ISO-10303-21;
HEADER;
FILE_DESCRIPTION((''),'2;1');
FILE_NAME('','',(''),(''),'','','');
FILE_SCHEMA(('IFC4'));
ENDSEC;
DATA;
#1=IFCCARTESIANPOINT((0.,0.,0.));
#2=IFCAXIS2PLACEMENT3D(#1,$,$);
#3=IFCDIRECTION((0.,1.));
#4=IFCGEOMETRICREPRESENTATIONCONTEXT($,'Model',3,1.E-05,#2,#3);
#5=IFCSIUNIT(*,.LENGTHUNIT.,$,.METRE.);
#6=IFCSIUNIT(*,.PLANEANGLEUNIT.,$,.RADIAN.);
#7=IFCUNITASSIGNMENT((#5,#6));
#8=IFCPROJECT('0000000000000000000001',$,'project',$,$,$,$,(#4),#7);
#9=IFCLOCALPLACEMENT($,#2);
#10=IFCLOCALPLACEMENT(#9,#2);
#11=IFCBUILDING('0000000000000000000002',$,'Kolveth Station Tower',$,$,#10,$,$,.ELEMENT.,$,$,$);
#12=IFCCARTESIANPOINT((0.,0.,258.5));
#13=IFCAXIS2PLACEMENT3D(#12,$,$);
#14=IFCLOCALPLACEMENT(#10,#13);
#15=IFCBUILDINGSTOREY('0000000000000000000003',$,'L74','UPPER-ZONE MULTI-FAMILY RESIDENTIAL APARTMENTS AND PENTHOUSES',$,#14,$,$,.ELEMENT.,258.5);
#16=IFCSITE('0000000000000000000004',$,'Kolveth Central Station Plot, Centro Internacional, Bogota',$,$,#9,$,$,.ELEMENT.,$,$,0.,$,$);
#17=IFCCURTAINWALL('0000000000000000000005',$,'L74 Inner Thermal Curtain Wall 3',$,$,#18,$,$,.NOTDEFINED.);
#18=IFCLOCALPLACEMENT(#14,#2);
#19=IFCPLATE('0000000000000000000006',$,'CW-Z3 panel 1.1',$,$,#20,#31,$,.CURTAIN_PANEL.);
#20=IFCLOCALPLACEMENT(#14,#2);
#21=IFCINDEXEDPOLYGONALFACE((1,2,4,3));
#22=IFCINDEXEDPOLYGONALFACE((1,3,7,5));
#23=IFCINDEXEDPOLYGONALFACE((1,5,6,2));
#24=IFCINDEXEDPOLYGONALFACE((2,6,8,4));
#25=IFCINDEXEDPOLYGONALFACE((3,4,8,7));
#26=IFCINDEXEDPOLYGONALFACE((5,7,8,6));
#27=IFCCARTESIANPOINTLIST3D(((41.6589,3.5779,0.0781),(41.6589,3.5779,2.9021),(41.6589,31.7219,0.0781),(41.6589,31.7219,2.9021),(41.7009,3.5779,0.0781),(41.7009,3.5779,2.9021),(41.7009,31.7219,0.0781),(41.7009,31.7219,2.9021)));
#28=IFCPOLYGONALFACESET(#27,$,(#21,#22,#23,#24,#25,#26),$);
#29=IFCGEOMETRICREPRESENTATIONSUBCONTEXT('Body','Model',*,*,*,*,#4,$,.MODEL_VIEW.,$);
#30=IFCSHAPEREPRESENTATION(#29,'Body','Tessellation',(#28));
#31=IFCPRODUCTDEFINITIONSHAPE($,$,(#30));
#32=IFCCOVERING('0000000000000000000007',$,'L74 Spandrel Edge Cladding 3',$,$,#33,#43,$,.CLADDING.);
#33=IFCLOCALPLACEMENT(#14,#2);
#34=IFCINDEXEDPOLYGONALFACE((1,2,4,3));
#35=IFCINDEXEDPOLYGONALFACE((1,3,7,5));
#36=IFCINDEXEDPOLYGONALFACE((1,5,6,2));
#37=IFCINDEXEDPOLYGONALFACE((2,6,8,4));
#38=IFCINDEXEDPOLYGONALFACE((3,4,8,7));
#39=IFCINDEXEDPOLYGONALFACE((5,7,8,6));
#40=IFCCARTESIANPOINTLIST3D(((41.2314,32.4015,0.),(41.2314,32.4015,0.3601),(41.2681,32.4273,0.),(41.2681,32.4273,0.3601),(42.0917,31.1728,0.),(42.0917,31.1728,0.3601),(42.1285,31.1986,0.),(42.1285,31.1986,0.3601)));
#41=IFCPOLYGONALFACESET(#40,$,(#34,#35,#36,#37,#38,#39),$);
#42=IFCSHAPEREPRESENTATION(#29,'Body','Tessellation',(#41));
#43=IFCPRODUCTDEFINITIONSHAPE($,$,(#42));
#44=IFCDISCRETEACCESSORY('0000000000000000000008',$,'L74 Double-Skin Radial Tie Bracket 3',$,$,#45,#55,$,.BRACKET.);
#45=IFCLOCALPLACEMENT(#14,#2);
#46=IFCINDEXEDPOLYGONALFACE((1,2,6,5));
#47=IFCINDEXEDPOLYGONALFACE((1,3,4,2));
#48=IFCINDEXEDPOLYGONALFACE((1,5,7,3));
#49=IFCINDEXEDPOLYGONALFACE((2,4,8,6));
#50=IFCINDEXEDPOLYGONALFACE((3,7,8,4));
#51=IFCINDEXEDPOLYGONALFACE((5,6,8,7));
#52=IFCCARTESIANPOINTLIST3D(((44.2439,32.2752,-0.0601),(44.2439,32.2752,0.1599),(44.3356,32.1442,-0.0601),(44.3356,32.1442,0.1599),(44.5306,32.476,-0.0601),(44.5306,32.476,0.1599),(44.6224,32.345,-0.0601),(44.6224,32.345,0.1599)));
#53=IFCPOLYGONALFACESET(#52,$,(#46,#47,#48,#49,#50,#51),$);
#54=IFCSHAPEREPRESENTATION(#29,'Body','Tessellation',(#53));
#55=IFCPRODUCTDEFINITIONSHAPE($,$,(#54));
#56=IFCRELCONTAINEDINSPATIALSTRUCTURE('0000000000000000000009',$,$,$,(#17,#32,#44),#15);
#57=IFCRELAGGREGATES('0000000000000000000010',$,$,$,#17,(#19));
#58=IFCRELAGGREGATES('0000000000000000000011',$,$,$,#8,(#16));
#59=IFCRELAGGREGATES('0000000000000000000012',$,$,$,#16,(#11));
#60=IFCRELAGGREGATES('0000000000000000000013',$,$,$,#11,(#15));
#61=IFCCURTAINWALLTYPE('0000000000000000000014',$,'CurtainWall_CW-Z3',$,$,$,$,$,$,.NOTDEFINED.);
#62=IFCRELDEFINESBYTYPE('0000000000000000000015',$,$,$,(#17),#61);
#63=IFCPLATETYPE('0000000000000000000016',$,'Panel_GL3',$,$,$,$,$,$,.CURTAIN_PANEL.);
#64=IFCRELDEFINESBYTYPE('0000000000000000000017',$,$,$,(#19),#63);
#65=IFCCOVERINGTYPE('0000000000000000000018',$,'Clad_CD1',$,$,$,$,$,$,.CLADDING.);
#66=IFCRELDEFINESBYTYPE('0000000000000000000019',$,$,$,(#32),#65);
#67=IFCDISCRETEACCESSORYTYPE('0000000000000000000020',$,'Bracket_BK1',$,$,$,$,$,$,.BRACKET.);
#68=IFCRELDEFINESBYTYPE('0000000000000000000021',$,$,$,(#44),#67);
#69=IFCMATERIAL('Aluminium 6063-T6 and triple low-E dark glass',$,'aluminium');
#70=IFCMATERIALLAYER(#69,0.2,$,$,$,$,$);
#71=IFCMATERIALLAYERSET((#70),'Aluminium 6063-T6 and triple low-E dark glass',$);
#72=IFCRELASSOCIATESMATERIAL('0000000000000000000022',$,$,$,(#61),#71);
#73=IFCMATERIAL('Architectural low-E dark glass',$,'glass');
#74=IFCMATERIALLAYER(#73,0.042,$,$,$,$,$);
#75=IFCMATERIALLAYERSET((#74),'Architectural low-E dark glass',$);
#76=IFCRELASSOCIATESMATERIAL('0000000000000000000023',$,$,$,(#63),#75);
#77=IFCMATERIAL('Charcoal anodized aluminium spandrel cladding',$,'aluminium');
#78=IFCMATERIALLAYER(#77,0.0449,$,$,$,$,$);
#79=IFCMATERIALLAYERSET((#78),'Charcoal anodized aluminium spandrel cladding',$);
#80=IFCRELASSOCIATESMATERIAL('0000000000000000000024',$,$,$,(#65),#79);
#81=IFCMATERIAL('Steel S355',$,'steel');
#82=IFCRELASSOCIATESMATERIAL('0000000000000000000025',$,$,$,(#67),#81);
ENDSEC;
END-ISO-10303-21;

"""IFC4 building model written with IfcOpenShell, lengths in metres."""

from ifc_helpers import new_model, si_unit, direction, frame, origin, origin_2d, place, context, subcontext, project, spatial, rectangle, extrude, source, transform, mapped, material, layer, layer_set, type_object, element, aggregate, save


model = new_model("IFC4")

# Units and contexts
model_context = context("Model", 3, precision=1e-05, world=origin(), true_north=direction((0.0, 1.0)))
body_context = subcontext(model_context, "Body", "Model", "MODEL_VIEW")
ifc_project = project(units=[si_unit("LENGTHUNIT", "METRE"), si_unit("PLANEANGLEUNIT", "RADIAN")], contexts=[model_context])

# Site, building, storey
site_placement = place(None, origin())
site = spatial("IfcSite", under=ifc_project, at=site_placement, Name="Kolveth Central Station Plot, Centro Internacional, Bogota", CompositionType="ELEMENT", RefElevation=0.0)
building_placement = place(site_placement, origin())
building = spatial("IfcBuilding", under=site, at=building_placement, Name="Kolveth Station Tower", CompositionType="ELEMENT")
storey_placement = place(building_placement, frame((0.0, 0.0, 258.5)))
storey = spatial("IfcBuildingStorey", under=building, at=storey_placement, Name="L74", Description="UPPER-ZONE MULTI-FAMILY RESIDENTIAL APARTMENTS AND PENTHOUSES", CompositionType="ELEMENT", Elevation=258.5)

# Shared definitions
ifc_material_1 = material(Name="Steel S355", Category="steel")

# Curtain wall
ifc_material_2 = material(Name="Aluminium 6063-T6 and triple low-E dark glass", Category="aluminium")
ifc_layer_1 = layer(ifc_material_2, 0.2)
ifc_layer_set_1 = layer_set([ifc_layer_1], Name="Aluminium 6063-T6 and triple low-E dark glass")
curtain_wall_type_1 = type_object("IfcCurtainWallType", Name="CurtainWall_CW-Z3", PredefinedType="NOTDEFINED", material=ifc_layer_set_1)
curtain_wall_1_placement = place(storey_placement, origin())
curtain_wall_1 = element("IfcCurtainWall", 1, at=curtain_wall_1_placement, inside=storey, type_object=curtain_wall_type_1, Name="L74 Inner Thermal Curtain Wall 3", PredefinedType="NOTDEFINED")

# Plate
ifc_material_3 = material(Name="Architectural low-E dark glass", Category="glass")
ifc_layer_2 = layer(ifc_material_3, 0.042)
ifc_layer_set_2 = layer_set([ifc_layer_2], Name="Architectural low-E dark glass")
plate_type = type_object("IfcPlateType", Name="Panel_GL3", PredefinedType="CURTAIN_PANEL", material=ifc_layer_set_2)
shared_shape_1 = source(origin(), body_context, "Body", "SweptSolid", [
    extrude(rectangle(XDim=28.144, YDim=0.042, at=origin_2d()), origin(), (0.0, 0.0, 1.0), 2.824),
])
plate_placement = place(storey_placement, frame((41.6799, 17.6499, 0.0781), z_axis=(0.0, 0.0, 1.0), x_axis=(0.0, 1.0, 0.0)))
plate = element("IfcPlate", 2, at=plate_placement, type_object=plate_type, Name="CW-Z3 panel 1.1", PredefinedType="CURTAIN_PANEL", context=body_context, shape_type="MappedRepresentation", body=[
    mapped(shared_shape_1, transform((0.0, 0.0, 0.0), x_axis=(1.0, 0.0, 0.0), y_axis=(0.0, 1.0, 0.0), z_axis=(0.0, 0.0, 1.0), scale=1.0)),
])
aggregate(curtain_wall_1, [plate])

# Covering
ifc_material_4 = material(Name="Charcoal anodized aluminium spandrel cladding", Category="aluminium")
ifc_layer_3 = layer(ifc_material_4, 0.0449)
ifc_layer_set_3 = layer_set([ifc_layer_3], Name="Charcoal anodized aluminium spandrel cladding")
covering_type = type_object("IfcCoveringType", Name="Clad_CD1", PredefinedType="CLADDING", material=ifc_layer_set_3)
shared_shape_2 = source(origin(), body_context, "Body", "SweptSolid", [
    extrude(rectangle(XDim=1.5, YDim=0.0449, at=origin_2d()), origin(), (0.0, 0.0, 1.0), 0.3601),
])
covering_placement = place(storey_placement, frame((41.6799, 31.8, 0.0), z_axis=(0.0, 0.0, 1.0), x_axis=(-0.573576, 0.819152, 0.0)))
element("IfcCovering", 3, at=covering_placement, inside=storey, type_object=covering_type, Name="L74 Spandrel Edge Cladding 3", PredefinedType="CLADDING", context=body_context, shape_type="MappedRepresentation", body=[
    mapped(shared_shape_2, transform((0.0, 0.0, 0.0), x_axis=(1.0, 0.0, 0.0), y_axis=(0.0, 1.0, 0.0), z_axis=(0.0, 0.0, 1.0), scale=1.0)),
])

# Discrete accessory
discrete_accessory_type = type_object("IfcDiscreteAccessoryType", Name="Bracket_BK1", PredefinedType="BRACKET", material=ifc_material_1)
shared_shape_3 = source(origin(), body_context, "Body", "SweptSolid", [
    extrude(rectangle(XDim=0.3501, YDim=0.1599, at=origin_2d()), origin(), (0.0, 0.0, 1.0), 0.22),
])
discrete_accessory_placement = place(storey_placement, frame((44.4331, 32.3101, -0.0601), z_axis=(0.0, 0.0, 1.0), x_axis=(0.819152, 0.573576, 0.0)))
element("IfcDiscreteAccessory", 4, at=discrete_accessory_placement, inside=storey, type_object=discrete_accessory_type, Name="L74 Double-Skin Radial Tie Bracket 3", PredefinedType="BRACKET", context=body_context, shape_type="MappedRepresentation", body=[
    mapped(shared_shape_3, transform((0.0, 0.0, 0.0), x_axis=(1.0, 0.0, 0.0), y_axis=(0.0, 1.0, 0.0), z_axis=(0.0, 0.0, 1.0), scale=1.0)),
])

save(model, "model.ifc")
